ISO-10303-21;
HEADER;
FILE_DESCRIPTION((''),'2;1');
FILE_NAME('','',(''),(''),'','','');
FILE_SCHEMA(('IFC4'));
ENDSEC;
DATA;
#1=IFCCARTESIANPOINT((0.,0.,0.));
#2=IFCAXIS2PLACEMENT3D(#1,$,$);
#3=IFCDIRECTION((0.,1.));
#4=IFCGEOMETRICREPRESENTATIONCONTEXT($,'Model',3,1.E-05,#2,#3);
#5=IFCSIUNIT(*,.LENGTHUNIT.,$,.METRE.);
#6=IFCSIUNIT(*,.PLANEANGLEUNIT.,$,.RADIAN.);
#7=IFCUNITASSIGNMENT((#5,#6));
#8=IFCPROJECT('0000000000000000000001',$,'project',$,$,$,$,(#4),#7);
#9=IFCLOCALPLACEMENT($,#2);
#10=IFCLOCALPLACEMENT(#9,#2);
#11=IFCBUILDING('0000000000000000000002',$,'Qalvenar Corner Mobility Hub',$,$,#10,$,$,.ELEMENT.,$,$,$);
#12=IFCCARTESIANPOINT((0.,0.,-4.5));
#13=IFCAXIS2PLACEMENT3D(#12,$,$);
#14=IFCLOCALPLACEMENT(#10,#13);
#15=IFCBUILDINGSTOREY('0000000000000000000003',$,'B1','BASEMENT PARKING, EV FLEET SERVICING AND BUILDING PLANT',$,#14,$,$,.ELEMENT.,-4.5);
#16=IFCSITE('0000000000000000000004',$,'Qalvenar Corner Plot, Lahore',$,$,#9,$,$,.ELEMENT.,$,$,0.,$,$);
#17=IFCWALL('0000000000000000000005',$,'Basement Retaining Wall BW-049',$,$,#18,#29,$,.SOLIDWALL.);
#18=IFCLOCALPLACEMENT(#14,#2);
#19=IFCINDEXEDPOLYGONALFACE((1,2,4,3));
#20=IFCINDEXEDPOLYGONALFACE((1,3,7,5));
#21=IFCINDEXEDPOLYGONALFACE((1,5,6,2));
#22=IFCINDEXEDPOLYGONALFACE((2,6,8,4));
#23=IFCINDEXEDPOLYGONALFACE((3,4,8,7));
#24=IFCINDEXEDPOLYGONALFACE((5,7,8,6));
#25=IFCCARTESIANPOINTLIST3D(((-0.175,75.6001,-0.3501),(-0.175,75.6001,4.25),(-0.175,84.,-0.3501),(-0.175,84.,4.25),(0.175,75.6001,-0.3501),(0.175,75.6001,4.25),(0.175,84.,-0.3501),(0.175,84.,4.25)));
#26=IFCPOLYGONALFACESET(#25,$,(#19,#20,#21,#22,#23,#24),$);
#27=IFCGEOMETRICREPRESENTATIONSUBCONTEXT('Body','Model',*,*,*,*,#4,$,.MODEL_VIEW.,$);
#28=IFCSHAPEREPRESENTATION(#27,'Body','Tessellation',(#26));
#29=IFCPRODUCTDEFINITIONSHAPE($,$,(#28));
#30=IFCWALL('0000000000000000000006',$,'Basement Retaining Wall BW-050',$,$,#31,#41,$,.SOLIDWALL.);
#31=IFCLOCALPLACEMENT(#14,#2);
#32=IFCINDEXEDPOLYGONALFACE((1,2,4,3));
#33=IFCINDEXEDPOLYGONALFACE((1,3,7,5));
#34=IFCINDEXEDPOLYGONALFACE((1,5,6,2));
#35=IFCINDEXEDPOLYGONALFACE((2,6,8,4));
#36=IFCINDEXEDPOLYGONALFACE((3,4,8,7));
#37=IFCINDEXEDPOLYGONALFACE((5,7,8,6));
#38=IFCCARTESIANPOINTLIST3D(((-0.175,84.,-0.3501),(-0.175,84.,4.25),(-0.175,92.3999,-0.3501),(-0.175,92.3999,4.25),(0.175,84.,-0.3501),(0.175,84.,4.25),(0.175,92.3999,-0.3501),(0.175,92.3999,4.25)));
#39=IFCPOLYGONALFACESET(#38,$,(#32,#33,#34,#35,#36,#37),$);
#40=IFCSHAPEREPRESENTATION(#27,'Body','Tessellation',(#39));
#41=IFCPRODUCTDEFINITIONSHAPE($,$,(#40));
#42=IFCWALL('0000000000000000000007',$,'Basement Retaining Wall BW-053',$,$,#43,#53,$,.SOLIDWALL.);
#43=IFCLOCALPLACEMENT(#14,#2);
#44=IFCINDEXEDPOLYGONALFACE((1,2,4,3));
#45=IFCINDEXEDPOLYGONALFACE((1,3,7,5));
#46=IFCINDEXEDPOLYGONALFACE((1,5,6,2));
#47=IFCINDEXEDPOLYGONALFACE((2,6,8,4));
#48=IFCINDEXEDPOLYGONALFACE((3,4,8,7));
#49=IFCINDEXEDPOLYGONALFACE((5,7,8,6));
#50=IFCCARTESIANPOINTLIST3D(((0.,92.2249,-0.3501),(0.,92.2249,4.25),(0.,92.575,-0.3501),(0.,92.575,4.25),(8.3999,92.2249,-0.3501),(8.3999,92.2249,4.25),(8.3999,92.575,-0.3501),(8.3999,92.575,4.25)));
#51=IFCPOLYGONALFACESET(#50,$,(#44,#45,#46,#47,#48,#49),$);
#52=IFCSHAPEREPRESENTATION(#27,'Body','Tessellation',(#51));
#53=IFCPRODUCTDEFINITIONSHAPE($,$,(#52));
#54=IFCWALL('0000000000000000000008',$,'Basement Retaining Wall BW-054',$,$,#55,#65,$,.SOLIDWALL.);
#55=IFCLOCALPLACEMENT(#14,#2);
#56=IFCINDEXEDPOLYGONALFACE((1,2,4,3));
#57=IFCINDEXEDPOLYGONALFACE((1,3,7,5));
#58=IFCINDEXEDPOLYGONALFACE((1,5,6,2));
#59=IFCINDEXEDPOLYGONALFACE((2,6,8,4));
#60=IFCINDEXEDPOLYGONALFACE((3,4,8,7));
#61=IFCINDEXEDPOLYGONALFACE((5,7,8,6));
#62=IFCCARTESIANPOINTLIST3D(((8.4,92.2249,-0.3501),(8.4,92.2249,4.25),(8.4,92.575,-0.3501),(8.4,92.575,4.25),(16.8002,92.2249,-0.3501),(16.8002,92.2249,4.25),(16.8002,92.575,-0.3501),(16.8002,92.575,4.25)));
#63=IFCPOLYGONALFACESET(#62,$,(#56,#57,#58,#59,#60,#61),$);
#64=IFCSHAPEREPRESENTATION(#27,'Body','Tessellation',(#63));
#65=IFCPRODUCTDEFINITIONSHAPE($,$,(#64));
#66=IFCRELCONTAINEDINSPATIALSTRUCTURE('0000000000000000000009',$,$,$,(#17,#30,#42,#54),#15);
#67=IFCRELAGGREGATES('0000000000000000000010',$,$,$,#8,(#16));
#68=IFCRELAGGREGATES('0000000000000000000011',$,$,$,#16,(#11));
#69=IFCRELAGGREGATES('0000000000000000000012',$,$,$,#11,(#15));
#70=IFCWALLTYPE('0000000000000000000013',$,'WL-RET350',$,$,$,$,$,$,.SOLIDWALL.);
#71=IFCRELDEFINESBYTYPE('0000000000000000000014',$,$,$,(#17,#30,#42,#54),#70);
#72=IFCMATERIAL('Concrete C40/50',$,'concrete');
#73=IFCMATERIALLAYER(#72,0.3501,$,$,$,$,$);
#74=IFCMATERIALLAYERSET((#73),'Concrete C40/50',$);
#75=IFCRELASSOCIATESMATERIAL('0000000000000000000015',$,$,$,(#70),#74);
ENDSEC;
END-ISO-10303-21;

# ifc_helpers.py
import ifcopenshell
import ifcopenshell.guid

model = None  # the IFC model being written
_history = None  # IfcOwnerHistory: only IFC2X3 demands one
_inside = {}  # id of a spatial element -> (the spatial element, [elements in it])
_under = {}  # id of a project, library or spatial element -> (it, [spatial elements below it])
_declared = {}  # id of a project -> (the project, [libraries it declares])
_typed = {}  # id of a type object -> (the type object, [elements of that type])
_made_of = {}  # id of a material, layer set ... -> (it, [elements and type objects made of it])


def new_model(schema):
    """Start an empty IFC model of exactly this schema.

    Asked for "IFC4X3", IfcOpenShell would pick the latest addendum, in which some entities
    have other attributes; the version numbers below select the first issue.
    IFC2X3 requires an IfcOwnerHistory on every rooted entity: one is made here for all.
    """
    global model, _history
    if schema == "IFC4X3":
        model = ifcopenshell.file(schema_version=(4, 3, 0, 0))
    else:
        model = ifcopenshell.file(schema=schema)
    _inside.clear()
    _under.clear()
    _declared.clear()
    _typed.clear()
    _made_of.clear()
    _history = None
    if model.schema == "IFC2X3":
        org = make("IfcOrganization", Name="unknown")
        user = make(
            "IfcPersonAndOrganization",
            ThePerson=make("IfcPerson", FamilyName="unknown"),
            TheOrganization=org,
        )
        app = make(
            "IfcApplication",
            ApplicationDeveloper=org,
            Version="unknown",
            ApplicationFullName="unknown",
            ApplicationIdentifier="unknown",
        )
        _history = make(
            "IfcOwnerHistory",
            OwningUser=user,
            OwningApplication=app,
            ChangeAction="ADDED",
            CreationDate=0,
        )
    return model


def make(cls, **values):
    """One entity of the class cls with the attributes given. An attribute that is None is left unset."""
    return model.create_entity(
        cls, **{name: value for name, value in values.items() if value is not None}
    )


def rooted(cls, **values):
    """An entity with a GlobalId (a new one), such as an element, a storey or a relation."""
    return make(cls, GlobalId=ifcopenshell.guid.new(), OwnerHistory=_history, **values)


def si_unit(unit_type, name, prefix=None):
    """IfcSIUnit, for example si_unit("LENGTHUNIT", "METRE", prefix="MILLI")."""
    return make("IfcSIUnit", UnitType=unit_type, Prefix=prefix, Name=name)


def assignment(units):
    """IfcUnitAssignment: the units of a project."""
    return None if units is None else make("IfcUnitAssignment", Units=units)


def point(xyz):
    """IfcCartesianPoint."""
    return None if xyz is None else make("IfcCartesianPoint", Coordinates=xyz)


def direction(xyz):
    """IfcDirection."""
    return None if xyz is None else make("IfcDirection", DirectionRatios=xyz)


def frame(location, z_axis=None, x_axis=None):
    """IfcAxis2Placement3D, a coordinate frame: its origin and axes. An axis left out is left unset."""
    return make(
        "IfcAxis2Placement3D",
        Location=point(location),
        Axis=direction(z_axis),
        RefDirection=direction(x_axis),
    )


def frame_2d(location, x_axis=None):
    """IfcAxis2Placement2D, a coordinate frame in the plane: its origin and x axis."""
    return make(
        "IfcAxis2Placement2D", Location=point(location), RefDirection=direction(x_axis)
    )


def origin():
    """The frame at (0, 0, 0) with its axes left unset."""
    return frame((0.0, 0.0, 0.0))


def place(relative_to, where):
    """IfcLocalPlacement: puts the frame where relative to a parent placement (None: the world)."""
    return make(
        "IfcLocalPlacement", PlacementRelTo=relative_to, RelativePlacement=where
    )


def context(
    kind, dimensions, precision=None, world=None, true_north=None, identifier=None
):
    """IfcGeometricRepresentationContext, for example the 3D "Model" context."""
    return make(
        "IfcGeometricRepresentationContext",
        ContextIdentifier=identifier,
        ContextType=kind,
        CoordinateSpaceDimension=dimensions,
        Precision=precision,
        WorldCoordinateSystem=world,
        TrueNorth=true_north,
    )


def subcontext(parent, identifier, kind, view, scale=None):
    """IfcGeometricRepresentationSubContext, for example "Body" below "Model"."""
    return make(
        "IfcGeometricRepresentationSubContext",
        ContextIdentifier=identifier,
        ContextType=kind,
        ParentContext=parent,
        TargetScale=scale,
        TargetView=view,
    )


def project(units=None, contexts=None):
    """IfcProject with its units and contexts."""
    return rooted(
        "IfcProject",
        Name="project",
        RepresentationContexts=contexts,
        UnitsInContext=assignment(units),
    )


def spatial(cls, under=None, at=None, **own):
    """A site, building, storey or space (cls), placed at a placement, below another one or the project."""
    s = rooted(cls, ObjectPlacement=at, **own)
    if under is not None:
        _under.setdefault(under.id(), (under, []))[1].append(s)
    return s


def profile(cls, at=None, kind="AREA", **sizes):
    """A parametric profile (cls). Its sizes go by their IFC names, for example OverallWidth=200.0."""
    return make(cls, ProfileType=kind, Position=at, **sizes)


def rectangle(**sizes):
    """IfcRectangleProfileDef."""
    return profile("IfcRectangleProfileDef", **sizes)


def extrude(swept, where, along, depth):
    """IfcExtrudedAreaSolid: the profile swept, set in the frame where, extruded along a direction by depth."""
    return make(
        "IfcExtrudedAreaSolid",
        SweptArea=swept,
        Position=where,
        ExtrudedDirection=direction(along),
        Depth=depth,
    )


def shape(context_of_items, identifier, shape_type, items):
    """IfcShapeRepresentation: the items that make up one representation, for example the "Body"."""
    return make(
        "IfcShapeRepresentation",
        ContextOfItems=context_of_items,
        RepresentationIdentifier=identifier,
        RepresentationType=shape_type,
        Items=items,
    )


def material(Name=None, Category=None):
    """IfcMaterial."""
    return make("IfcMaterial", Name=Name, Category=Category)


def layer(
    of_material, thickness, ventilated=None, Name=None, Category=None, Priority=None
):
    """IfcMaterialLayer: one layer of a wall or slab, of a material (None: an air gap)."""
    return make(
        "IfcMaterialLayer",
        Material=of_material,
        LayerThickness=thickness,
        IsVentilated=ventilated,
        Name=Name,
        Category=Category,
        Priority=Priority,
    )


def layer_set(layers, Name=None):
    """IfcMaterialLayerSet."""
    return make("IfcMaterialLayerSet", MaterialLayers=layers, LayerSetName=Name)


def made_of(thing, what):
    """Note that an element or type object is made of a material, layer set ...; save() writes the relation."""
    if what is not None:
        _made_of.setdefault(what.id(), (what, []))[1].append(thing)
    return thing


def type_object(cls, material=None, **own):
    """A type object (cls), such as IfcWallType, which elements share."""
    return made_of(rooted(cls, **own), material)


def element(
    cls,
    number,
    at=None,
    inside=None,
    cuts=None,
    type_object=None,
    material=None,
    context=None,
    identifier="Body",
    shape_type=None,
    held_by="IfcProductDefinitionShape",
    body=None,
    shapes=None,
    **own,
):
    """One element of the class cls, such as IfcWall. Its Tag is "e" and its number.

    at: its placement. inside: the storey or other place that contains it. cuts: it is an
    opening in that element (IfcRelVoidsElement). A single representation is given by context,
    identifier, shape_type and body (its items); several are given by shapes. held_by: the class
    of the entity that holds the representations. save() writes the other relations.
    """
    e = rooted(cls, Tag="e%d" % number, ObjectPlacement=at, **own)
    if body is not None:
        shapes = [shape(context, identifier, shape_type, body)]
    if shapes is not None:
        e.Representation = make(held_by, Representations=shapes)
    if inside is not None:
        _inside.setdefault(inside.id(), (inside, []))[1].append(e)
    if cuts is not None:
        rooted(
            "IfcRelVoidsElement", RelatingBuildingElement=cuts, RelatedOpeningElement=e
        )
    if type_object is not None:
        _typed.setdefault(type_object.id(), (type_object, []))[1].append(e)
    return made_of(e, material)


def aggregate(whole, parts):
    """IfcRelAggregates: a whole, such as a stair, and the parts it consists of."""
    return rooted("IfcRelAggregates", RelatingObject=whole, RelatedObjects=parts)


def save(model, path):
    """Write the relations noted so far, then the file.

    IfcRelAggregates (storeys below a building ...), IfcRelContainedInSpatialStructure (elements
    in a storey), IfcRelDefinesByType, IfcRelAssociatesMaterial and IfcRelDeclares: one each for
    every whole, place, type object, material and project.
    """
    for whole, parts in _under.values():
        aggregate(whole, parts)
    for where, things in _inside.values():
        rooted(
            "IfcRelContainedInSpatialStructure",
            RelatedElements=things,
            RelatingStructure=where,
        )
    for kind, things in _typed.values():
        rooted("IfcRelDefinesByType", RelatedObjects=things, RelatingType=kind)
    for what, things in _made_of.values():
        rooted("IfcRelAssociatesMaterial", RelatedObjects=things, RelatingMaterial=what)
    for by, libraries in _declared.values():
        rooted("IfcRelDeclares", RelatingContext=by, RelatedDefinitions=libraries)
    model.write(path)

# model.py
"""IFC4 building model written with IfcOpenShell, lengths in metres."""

from ifc_helpers import new_model, si_unit, direction, frame, frame_2d, origin, place, context, subcontext, project, spatial, rectangle, extrude, material, layer, layer_set, type_object, element, save


model = new_model("IFC4")

# Units and contexts
model_context = context("Model", 3, precision=1e-05, world=origin(), true_north=direction((0.0, 1.0)))
body_context = subcontext(model_context, "Body", "Model", "MODEL_VIEW")
ifc_project = project(units=[si_unit("LENGTHUNIT", "METRE"), si_unit("PLANEANGLEUNIT", "RADIAN")], contexts=[model_context])

# Site, building, storey
site_placement = place(None, origin())
site = spatial("IfcSite", under=ifc_project, at=site_placement, Name="Qalvenar Corner Plot, Lahore", CompositionType="ELEMENT", RefElevation=0.0)
building_placement = place(site_placement, origin())
building = spatial("IfcBuilding", under=site, at=building_placement, Name="Qalvenar Corner Mobility Hub", CompositionType="ELEMENT")
storey_placement = place(building_placement, frame((0.0, 0.0, -4.5)))
storey = spatial("IfcBuildingStorey", under=building, at=storey_placement, Name="B1", Description="BASEMENT PARKING, EV FLEET SERVICING AND BUILDING PLANT", CompositionType="ELEMENT", Elevation=-4.5)

# Shared definitions
ifc_material_1 = material(Name="Concrete C40/50", Category="concrete")

# Walls
ifc_layer = layer(ifc_material_1, 0.3501)
ifc_layer_set = layer_set([ifc_layer], Name="Concrete C40/50")
wall_type = type_object("IfcWallType", Name="WL-RET350", PredefinedType="SOLIDWALL", material=ifc_layer_set)
for number, where, z_axis, x_axis, name in (
    (1, (0.0, 84.0, -0.3501), (0.0, 0.0, 1.0), (0.0, -1.0, 0.0), "Basement Retaining Wall BW-049"),
    (2, (0.0, 92.3999, -0.3501), (0.0, 0.0, 1.0), (0.0, -1.0, 0.0), "Basement Retaining Wall BW-050"),
    (3, (0.0, 92.3999, -0.3501), (0.0, 0.0, 1.0), (1.0, 0.0, 0.0), "Basement Retaining Wall BW-053"),
):
    element("IfcWall", number, at=place(storey_placement, frame(where, z_axis=z_axis, x_axis=x_axis)), inside=storey, type_object=wall_type, Name=name, PredefinedType="SOLIDWALL", context=body_context, shape_type="SweptSolid", body=[
        extrude(rectangle(XDim=8.3999, YDim=0.3501, at=frame_2d((4.2, 0.0))), origin(), (0.0, 0.0, 1.0), 4.6001),
    ])
wall_placement = place(storey_placement, frame((8.3999, 92.3999, -0.3501), z_axis=(0.0, 0.0, 1.0), x_axis=(1.0, 0.0, 0.0)))
element("IfcWall", 4, at=wall_placement, inside=storey, type_object=wall_type, Name="Basement Retaining Wall BW-054", PredefinedType="SOLIDWALL", context=body_context, shape_type="SweptSolid", body=[
    extrude(rectangle(XDim=8.4001, YDim=0.3501, at=frame_2d((4.2002, 0.0))), origin(), (0.0, 0.0, 1.0), 4.6001),
])

save(model, "model.ifc")
